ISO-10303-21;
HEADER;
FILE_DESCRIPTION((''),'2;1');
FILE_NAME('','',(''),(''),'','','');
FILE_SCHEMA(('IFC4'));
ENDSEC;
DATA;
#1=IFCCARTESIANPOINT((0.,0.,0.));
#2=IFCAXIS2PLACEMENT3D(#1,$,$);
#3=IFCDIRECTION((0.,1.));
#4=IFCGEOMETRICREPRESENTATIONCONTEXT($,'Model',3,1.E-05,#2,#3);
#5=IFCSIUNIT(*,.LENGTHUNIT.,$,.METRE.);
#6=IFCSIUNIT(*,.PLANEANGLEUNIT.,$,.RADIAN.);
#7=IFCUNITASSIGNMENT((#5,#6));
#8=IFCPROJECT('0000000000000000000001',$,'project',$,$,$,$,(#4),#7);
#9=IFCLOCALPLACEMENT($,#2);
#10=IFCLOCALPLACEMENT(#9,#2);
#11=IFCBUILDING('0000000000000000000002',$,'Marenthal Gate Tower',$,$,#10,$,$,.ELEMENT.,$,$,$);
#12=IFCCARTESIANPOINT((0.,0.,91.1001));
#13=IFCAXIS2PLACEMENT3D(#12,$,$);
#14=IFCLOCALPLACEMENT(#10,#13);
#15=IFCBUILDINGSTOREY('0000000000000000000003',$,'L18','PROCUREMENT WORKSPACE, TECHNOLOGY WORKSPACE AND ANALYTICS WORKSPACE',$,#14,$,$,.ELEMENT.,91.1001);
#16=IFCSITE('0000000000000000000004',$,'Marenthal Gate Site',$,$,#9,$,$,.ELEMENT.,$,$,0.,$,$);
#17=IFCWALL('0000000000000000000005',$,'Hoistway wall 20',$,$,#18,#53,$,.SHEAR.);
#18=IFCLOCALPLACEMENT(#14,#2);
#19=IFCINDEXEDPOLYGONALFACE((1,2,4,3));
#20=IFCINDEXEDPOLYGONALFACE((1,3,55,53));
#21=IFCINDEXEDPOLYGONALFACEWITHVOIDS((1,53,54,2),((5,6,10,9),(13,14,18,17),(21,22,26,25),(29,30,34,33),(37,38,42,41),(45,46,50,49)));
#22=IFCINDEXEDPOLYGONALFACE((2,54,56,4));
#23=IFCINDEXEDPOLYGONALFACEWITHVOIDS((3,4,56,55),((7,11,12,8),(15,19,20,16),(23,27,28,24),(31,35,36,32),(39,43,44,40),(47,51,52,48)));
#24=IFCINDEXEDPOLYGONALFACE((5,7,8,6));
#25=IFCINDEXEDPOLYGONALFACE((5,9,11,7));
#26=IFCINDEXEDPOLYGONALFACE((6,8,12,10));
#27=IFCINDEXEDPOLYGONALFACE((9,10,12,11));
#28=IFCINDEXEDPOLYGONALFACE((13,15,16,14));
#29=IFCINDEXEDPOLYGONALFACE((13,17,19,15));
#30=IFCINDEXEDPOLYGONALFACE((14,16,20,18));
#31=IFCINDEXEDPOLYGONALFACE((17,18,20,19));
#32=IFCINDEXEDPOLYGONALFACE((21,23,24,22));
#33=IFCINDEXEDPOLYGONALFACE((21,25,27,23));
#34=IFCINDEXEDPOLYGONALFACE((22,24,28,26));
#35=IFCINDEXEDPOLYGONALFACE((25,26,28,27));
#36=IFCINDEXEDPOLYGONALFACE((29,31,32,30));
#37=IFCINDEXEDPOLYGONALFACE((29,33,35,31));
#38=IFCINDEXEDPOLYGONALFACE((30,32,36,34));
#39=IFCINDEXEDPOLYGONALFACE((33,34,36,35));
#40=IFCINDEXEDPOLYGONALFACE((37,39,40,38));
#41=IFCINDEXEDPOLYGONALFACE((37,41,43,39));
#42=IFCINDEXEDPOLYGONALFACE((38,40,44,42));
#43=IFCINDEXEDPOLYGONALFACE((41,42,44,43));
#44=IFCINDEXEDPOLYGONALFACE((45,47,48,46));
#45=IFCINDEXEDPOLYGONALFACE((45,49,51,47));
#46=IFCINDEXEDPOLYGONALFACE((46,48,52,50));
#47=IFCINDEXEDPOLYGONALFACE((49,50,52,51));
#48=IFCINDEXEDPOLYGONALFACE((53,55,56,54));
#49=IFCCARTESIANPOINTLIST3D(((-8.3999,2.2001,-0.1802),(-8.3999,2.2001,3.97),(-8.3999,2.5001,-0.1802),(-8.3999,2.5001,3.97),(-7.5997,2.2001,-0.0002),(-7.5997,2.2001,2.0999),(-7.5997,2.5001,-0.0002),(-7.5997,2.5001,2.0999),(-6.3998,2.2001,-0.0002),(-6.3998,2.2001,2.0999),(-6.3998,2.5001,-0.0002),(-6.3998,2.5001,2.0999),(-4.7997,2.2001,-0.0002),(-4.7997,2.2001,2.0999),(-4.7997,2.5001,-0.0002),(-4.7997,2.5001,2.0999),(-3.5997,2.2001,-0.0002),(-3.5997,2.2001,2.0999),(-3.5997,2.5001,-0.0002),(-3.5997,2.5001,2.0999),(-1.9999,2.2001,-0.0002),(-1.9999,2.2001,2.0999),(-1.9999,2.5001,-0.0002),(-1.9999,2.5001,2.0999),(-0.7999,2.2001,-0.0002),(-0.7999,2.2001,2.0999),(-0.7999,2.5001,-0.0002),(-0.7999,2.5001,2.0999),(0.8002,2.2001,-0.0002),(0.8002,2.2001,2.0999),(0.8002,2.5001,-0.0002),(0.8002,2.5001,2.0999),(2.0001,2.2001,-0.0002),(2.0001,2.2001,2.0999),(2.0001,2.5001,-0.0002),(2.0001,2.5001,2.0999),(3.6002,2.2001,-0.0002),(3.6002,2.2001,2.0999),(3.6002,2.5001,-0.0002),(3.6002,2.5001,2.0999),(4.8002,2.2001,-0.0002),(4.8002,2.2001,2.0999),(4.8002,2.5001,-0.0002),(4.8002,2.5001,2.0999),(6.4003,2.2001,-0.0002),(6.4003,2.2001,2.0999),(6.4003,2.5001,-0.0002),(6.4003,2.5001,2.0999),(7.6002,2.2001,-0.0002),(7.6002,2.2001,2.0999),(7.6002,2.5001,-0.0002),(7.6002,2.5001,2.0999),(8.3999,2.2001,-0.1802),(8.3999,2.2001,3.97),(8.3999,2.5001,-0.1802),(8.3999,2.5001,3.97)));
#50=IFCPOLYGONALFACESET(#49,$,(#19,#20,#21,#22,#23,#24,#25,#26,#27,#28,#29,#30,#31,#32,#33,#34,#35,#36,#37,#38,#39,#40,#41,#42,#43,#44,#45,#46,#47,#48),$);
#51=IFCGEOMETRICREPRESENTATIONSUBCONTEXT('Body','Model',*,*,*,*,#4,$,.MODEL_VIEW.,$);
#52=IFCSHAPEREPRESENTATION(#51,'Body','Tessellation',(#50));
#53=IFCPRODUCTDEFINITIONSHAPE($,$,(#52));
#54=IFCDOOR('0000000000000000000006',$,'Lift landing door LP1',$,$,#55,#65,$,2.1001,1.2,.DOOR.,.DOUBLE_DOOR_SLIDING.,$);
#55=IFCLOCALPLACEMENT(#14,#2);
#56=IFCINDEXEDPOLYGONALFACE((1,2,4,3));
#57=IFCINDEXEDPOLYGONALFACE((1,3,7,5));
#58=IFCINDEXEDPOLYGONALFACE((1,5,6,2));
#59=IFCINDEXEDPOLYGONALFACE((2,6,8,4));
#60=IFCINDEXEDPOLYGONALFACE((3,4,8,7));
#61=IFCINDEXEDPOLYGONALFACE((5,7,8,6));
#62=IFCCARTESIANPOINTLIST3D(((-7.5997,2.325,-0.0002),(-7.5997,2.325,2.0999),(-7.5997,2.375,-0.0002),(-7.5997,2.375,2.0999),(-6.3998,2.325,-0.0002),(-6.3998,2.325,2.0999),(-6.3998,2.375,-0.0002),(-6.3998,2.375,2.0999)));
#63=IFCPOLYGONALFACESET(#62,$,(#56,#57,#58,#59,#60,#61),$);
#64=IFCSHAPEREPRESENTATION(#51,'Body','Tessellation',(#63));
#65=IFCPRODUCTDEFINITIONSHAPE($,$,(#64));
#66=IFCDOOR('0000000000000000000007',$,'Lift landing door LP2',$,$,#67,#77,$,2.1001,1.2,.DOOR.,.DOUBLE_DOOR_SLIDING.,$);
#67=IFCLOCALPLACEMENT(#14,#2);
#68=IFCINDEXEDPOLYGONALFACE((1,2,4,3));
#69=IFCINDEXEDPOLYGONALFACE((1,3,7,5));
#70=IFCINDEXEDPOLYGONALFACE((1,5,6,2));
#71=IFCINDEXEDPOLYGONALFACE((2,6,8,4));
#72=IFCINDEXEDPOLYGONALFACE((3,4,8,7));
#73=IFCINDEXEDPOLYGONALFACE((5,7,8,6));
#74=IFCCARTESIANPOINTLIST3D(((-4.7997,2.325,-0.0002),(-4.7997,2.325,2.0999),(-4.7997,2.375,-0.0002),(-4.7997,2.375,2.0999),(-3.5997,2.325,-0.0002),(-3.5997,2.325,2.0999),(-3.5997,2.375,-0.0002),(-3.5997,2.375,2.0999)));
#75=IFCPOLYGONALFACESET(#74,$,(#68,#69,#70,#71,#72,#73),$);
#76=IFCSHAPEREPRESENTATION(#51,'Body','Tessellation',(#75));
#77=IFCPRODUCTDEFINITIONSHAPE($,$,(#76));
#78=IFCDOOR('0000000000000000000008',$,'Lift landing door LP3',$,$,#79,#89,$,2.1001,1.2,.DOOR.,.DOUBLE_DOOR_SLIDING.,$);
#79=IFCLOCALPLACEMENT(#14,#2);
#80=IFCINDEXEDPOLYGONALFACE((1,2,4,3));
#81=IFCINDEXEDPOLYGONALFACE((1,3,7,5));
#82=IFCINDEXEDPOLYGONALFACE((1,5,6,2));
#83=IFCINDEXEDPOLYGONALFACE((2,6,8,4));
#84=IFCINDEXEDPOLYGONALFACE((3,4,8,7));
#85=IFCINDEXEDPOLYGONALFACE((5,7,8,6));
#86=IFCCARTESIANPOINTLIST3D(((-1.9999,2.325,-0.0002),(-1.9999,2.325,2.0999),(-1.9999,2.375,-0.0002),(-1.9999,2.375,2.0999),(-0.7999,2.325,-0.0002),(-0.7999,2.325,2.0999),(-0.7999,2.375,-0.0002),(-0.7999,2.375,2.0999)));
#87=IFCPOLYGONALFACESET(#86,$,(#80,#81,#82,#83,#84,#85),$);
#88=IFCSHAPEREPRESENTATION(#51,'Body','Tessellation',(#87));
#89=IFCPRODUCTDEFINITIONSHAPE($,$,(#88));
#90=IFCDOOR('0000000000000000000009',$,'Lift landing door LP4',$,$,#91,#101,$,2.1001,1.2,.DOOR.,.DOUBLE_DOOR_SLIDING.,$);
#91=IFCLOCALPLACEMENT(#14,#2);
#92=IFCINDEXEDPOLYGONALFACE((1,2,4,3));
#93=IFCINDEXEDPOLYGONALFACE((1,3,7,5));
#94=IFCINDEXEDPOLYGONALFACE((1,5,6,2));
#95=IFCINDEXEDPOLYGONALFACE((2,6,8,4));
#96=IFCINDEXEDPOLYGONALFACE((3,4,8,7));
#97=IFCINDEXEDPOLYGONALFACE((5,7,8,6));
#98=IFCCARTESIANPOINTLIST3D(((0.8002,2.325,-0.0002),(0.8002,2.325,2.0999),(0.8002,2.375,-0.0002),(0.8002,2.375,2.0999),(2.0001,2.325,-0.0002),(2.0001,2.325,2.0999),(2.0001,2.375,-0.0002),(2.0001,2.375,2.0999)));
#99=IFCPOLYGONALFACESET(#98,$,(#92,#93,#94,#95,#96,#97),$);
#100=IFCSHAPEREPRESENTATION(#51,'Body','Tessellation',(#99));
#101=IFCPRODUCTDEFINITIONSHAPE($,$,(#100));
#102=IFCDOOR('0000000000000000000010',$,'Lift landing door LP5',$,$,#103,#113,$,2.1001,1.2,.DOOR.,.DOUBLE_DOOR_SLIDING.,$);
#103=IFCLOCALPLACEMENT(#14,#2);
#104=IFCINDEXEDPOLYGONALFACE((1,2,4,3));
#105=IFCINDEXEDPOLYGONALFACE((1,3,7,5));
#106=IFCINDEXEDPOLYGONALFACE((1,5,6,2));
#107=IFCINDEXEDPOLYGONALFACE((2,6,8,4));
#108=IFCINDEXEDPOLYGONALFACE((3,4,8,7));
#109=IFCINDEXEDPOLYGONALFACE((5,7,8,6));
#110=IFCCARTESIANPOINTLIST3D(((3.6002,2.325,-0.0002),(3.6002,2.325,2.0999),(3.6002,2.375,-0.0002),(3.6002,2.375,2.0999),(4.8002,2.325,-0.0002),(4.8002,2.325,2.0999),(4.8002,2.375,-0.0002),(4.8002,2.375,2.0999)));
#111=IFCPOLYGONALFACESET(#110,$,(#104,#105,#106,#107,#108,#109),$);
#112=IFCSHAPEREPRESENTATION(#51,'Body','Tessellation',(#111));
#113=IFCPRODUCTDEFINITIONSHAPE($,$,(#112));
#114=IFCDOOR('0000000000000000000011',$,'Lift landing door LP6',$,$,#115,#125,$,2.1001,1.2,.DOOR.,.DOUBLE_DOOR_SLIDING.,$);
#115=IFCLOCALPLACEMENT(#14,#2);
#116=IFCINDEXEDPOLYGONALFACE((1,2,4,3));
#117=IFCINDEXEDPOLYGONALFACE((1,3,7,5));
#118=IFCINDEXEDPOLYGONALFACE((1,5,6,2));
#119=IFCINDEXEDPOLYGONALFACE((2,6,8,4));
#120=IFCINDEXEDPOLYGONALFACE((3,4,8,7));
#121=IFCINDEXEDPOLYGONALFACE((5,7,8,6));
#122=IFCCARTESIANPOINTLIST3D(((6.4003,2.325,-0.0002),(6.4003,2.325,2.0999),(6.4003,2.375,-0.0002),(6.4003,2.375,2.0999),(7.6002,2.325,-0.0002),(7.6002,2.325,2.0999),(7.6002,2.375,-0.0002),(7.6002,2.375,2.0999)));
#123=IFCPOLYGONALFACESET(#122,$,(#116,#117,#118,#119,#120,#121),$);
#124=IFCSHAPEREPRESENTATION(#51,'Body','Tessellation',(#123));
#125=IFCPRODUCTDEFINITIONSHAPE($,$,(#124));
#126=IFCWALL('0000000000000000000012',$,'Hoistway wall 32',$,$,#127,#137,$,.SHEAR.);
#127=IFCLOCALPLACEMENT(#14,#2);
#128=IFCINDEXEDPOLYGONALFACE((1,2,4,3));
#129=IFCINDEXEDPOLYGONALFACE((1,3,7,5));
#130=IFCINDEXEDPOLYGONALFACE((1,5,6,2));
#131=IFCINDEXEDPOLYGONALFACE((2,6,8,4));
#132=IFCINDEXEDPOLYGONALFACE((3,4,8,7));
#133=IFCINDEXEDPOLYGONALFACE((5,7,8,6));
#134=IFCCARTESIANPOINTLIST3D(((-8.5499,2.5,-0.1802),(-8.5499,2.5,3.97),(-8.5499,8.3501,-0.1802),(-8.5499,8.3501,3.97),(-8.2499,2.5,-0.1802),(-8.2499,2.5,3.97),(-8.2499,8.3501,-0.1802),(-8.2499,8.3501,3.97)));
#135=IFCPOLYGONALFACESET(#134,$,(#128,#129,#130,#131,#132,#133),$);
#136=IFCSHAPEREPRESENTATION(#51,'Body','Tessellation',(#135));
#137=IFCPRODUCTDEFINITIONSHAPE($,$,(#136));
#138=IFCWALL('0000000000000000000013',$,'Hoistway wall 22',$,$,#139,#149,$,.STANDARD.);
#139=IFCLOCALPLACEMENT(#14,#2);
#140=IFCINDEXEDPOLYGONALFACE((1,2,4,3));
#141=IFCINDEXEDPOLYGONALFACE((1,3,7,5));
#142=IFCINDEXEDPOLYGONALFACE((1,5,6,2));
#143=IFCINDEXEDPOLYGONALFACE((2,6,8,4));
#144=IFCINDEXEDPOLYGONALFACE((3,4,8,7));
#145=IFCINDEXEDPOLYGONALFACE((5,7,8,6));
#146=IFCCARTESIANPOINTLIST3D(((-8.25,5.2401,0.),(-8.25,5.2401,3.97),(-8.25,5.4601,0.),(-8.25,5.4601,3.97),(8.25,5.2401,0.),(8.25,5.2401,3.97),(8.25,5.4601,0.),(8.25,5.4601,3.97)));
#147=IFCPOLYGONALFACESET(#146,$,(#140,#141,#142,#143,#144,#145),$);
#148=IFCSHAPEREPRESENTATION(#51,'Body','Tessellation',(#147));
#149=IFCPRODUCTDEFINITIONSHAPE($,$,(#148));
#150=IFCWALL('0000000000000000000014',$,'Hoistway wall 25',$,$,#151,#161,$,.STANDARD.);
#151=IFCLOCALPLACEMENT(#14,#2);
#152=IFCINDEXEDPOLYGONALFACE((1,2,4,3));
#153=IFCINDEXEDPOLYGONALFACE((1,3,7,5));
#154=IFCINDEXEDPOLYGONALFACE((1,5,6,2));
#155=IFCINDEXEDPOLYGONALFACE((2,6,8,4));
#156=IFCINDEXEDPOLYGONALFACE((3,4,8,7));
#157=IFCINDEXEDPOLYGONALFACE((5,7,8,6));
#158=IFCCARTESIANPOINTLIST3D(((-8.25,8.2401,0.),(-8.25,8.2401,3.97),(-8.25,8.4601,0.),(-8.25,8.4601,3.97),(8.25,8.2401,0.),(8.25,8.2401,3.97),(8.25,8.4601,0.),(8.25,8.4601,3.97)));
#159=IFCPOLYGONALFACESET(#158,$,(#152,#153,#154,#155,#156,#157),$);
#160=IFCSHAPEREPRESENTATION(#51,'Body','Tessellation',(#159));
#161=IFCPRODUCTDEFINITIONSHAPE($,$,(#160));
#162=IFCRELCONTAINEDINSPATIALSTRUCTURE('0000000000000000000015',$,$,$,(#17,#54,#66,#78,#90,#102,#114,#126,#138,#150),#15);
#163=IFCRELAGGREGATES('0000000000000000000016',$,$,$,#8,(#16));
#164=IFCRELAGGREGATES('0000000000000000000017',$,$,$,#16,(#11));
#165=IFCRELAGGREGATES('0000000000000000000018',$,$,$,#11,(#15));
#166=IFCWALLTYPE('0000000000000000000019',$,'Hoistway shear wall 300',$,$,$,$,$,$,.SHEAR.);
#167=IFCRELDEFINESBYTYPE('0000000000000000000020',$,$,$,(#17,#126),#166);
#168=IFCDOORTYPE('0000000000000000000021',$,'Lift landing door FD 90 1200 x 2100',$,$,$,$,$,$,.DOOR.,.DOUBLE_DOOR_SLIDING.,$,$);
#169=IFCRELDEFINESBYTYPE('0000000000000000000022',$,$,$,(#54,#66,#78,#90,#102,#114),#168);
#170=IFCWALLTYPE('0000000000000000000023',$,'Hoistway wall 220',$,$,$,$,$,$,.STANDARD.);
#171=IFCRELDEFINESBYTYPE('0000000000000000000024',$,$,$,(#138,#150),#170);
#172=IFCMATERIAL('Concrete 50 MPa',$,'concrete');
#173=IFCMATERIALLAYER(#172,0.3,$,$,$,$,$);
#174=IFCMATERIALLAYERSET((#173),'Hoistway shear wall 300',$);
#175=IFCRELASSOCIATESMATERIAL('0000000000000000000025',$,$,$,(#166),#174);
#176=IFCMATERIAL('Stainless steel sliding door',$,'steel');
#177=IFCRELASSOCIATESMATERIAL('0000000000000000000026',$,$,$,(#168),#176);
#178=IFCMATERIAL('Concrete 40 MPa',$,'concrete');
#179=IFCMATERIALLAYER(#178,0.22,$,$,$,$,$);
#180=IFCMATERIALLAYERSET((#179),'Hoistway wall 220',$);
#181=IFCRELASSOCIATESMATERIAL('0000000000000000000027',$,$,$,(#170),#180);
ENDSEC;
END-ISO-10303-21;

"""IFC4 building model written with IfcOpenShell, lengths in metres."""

from ifc_helpers import new_model, si_unit, direction, frame, frame_2d, origin, place, context, subcontext, project, spatial, rectangle, extrude, material, layer, layer_set, type_object, element, fill, save


model = new_model("IFC4")

# Units and contexts
model_context = context("Model", 3, precision=1e-05, world=origin(), true_north=direction((0.0, 1.0)))
body_context = subcontext(model_context, "Body", "Model", "MODEL_VIEW")
ifc_project = project(units=[si_unit("LENGTHUNIT", "METRE"), si_unit("PLANEANGLEUNIT", "RADIAN")], contexts=[model_context])

# Site, building, storey
site_placement = place(None, origin())
site = spatial("IfcSite", under=ifc_project, at=site_placement, Name="Marenthal Gate Site", CompositionType="ELEMENT", RefElevation=0.0)
building_placement = place(site_placement, origin())
building = spatial("IfcBuilding", under=site, at=building_placement, Name="Marenthal Gate Tower", CompositionType="ELEMENT")
storey_placement = place(building_placement, frame((0.0, 0.0, 91.1001)))
storey = spatial("IfcBuildingStorey", under=building, at=storey_placement, Name="L18", Description="PROCUREMENT WORKSPACE, TECHNOLOGY WORKSPACE AND ANALYTICS WORKSPACE", CompositionType="ELEMENT", Elevation=91.1001)

# Wall, openings, doors
ifc_material_1 = material(Name="Concrete 50 MPa", Category="concrete")
ifc_layer_1 = layer(ifc_material_1, 0.3)
ifc_layer_set_1 = layer_set([ifc_layer_1], Name="Hoistway shear wall 300")
wall_type_1 = type_object("IfcWallType", Name="Hoistway shear wall 300", PredefinedType="SHEAR", material=ifc_layer_set_1)
wall_1_placement = place(storey_placement, frame((-8.3999, 2.3501, -0.1802), z_axis=(0.0, 0.0, 1.0), x_axis=(1.0, 0.0, 0.0)))
wall_1 = element("IfcWall", 1, at=wall_1_placement, inside=storey, type_object=wall_type_1, Name="Hoistway wall 20", PredefinedType="SHEAR", context=body_context, shape_type="SweptSolid", body=[
    extrude(rectangle(XDim=16.7998, YDim=0.3, at=frame_2d((8.3999, 0.0))), origin(), (0.0, 0.0, 1.0), 4.1501),
])
opening_1_placement = place(wall_1_placement, frame((0.8, 0.0, 0.1799)))
opening_1 = element("IfcOpeningElement", 2, at=opening_1_placement, cuts=wall_1, PredefinedType="OPENING", context=body_context, shape_type="SweptSolid", body=[
    extrude(rectangle(XDim=1.2, YDim=2.1001, at=frame_2d((0.6001, 1.05))), frame((0.0, 0.1602, 0.0), z_axis=(0.0, -1.0, 0.0), x_axis=(1.0, 0.0, 0.0)), (0.0, 0.0, 1.0), 0.3201),
])
opening_2_placement = place(wall_1_placement, frame((3.6001, 0.0, 0.1799)))
opening_2 = element("IfcOpeningElement", 3, at=opening_2_placement, cuts=wall_1, PredefinedType="OPENING", context=body_context, shape_type="SweptSolid", body=[
    extrude(rectangle(XDim=1.2, YDim=2.1001, at=frame_2d((0.6001, 1.05))), frame((0.0, 0.1602, 0.0), z_axis=(0.0, -1.0, 0.0), x_axis=(1.0, 0.0, 0.0)), (0.0, 0.0, 1.0), 0.3201),
])
opening_3_placement = place(wall_1_placement, frame((6.3999, 0.0, 0.1799)))
opening_3 = element("IfcOpeningElement", 4, at=opening_3_placement, cuts=wall_1, PredefinedType="OPENING", context=body_context, shape_type="SweptSolid", body=[
    extrude(rectangle(XDim=1.2, YDim=2.1001, at=frame_2d((0.6001, 1.05))), frame((0.0, 0.1602, 0.0), z_axis=(0.0, -1.0, 0.0), x_axis=(1.0, 0.0, 0.0)), (0.0, 0.0, 1.0), 0.3201),
])
opening_4_placement = place(wall_1_placement, frame((9.2, 0.0, 0.1799)))
opening_4 = element("IfcOpeningElement", 5, at=opening_4_placement, cuts=wall_1, PredefinedType="OPENING", context=body_context, shape_type="SweptSolid", body=[
    extrude(rectangle(XDim=1.2, YDim=2.1001, at=frame_2d((0.6001, 1.05))), frame((0.0, 0.1602, 0.0), z_axis=(0.0, -1.0, 0.0), x_axis=(1.0, 0.0, 0.0)), (0.0, 0.0, 1.0), 0.3201),
])
opening_5_placement = place(wall_1_placement, frame((12.0, 0.0, 0.1799)))
opening_5 = element("IfcOpeningElement", 6, at=opening_5_placement, cuts=wall_1, PredefinedType="OPENING", context=body_context, shape_type="SweptSolid", body=[
    extrude(rectangle(XDim=1.2, YDim=2.1001, at=frame_2d((0.6001, 1.05))), frame((0.0, 0.1602, 0.0), z_axis=(0.0, -1.0, 0.0), x_axis=(1.0, 0.0, 0.0)), (0.0, 0.0, 1.0), 0.3201),
])
opening_6_placement = place(wall_1_placement, frame((14.8, 0.0, 0.1799)))
opening_6 = element("IfcOpeningElement", 7, at=opening_6_placement, cuts=wall_1, PredefinedType="OPENING", context=body_context, shape_type="SweptSolid", body=[
    extrude(rectangle(XDim=1.2, YDim=2.1001, at=frame_2d((0.6001, 1.05))), frame((0.0, 0.1602, 0.0), z_axis=(0.0, -1.0, 0.0), x_axis=(1.0, 0.0, 0.0)), (0.0, 0.0, 1.0), 0.3201),
])
ifc_material_2 = material(Name="Stainless steel sliding door", Category="steel")
door_type_1 = type_object("IfcDoorType", Name="Lift landing door FD 90 1200 x 2100", OperationType="DOUBLE_DOOR_SLIDING", PredefinedType="DOOR", material=ifc_material_2)
door_1_placement = place(opening_1_placement, origin())
door_1 = element("IfcDoor", 8, at=door_1_placement, inside=storey, type_object=door_type_1, Name="Lift landing door LP1", OperationType="DOUBLE_DOOR_SLIDING", OverallHeight=2.1001, OverallWidth=1.2, PredefinedType="DOOR", context=body_context, shape_type="SweptSolid", body=[
    extrude(rectangle(XDim=1.2, YDim=2.1001, at=frame_2d((0.6001, 1.05))), frame((0.0, 0.0249, 0.0), z_axis=(0.0, -1.0, 0.0), x_axis=(1.0, 0.0, 0.0)), (0.0, 0.0, 1.0), 0.05),
])
fill(opening_1, door_1)
door_2_placement = place(opening_2_placement, origin())
door_2 = element("IfcDoor", 9, at=door_2_placement, inside=storey, type_object=door_type_1, Name="Lift landing door LP2", OperationType="DOUBLE_DOOR_SLIDING", OverallHeight=2.1001, OverallWidth=1.2, PredefinedType="DOOR", context=body_context, shape_type="SweptSolid", body=[
    extrude(rectangle(XDim=1.2, YDim=2.1001, at=frame_2d((0.6001, 1.05))), frame((0.0, 0.0249, 0.0), z_axis=(0.0, -1.0, 0.0), x_axis=(1.0, 0.0, 0.0)), (0.0, 0.0, 1.0), 0.05),
])
fill(opening_2, door_2)
door_3_placement = place(opening_3_placement, origin())
door_3 = element("IfcDoor", 10, at=door_3_placement, inside=storey, type_object=door_type_1, Name="Lift landing door LP3", OperationType="DOUBLE_DOOR_SLIDING", OverallHeight=2.1001, OverallWidth=1.2, PredefinedType="DOOR", context=body_context, shape_type="SweptSolid", body=[
    extrude(rectangle(XDim=1.2, YDim=2.1001, at=frame_2d((0.6001, 1.05))), frame((0.0, 0.0249, 0.0), z_axis=(0.0, -1.0, 0.0), x_axis=(1.0, 0.0, 0.0)), (0.0, 0.0, 1.0), 0.05),
])
fill(opening_3, door_3)
door_4_placement = place(opening_4_placement, origin())
door_4 = element("IfcDoor", 11, at=door_4_placement, inside=storey, type_object=door_type_1, Name="Lift landing door LP4", OperationType="DOUBLE_DOOR_SLIDING", OverallHeight=2.1001, OverallWidth=1.2, PredefinedType="DOOR", context=body_context, shape_type="SweptSolid", body=[
    extrude(rectangle(XDim=1.2, YDim=2.1001, at=frame_2d((0.6001, 1.05))), frame((0.0, 0.0249, 0.0), z_axis=(0.0, -1.0, 0.0), x_axis=(1.0, 0.0, 0.0)), (0.0, 0.0, 1.0), 0.05),
])
fill(opening_4, door_4)
door_5_placement = place(opening_5_placement, origin())
door_5 = element("IfcDoor", 12, at=door_5_placement, inside=storey, type_object=door_type_1, Name="Lift landing door LP5", OperationType="DOUBLE_DOOR_SLIDING", OverallHeight=2.1001, OverallWidth=1.2, PredefinedType="DOOR", context=body_context, shape_type="SweptSolid", body=[
    extrude(rectangle(XDim=1.2, YDim=2.1001, at=frame_2d((0.6001, 1.05))), frame((0.0, 0.0249, 0.0), z_axis=(0.0, -1.0, 0.0), x_axis=(1.0, 0.0, 0.0)), (0.0, 0.0, 1.0), 0.05),
])
fill(opening_5, door_5)
door_6_placement = place(opening_6_placement, origin())
door_6 = element("IfcDoor", 13, at=door_6_placement, inside=storey, type_object=door_type_1, Name="Lift landing door LP6", OperationType="DOUBLE_DOOR_SLIDING", OverallHeight=2.1001, OverallWidth=1.2, PredefinedType="DOOR", context=body_context, shape_type="SweptSolid", body=[
    extrude(rectangle(XDim=1.2, YDim=2.1001, at=frame_2d((0.6001, 1.05))), frame((0.0, 0.0249, 0.0), z_axis=(0.0, -1.0, 0.0), x_axis=(1.0, 0.0, 0.0)), (0.0, 0.0, 1.0), 0.05),
])
fill(opening_6, door_6)

# Walls
wall_2_placement = place(storey_placement, frame((-8.3999, 2.5, -0.1802), z_axis=(0.0, 0.0, 1.0), x_axis=(0.0, 1.0, 0.0)))
element("IfcWall", 14, at=wall_2_placement, inside=storey, type_object=wall_type_1, Name="Hoistway wall 32", PredefinedType="SHEAR", context=body_context, shape_type="SweptSolid", body=[
    extrude(rectangle(XDim=5.8501, YDim=0.3, at=frame_2d((2.925, 0.0))), origin(), (0.0, 0.0, 1.0), 4.1501),
])
ifc_material_3 = material(Name="Concrete 40 MPa", Category="concrete")
ifc_layer_2 = layer(ifc_material_3, 0.22)
ifc_layer_set_2 = layer_set([ifc_layer_2], Name="Hoistway wall 220")
wall_type_2 = type_object("IfcWallType", Name="Hoistway wall 220", PredefinedType="STANDARD", material=ifc_layer_set_2)
for number, where, z_axis, x_axis, name in (
    (15, (-8.25, 5.3501, 0.0), (0.0, 0.0, 1.0), (1.0, 0.0, 0.0), "Hoistway wall 22"),
    (16, (-8.25, 8.3501, 0.0), (0.0, 0.0, 1.0), (1.0, 0.0, 0.0), "Hoistway wall 25"),
):
    element("IfcWall", number, at=place(storey_placement, frame(where, z_axis=z_axis, x_axis=x_axis)), inside=storey, type_object=wall_type_2, Name=name, PredefinedType="STANDARD", context=body_context, shape_type="SweptSolid", body=[
        extrude(rectangle(XDim=16.5, YDim=0.22, at=frame_2d((8.25, 0.0))), origin(), (0.0, 0.0, 1.0), 3.97),
    ])

save(model, "model.ifc")
